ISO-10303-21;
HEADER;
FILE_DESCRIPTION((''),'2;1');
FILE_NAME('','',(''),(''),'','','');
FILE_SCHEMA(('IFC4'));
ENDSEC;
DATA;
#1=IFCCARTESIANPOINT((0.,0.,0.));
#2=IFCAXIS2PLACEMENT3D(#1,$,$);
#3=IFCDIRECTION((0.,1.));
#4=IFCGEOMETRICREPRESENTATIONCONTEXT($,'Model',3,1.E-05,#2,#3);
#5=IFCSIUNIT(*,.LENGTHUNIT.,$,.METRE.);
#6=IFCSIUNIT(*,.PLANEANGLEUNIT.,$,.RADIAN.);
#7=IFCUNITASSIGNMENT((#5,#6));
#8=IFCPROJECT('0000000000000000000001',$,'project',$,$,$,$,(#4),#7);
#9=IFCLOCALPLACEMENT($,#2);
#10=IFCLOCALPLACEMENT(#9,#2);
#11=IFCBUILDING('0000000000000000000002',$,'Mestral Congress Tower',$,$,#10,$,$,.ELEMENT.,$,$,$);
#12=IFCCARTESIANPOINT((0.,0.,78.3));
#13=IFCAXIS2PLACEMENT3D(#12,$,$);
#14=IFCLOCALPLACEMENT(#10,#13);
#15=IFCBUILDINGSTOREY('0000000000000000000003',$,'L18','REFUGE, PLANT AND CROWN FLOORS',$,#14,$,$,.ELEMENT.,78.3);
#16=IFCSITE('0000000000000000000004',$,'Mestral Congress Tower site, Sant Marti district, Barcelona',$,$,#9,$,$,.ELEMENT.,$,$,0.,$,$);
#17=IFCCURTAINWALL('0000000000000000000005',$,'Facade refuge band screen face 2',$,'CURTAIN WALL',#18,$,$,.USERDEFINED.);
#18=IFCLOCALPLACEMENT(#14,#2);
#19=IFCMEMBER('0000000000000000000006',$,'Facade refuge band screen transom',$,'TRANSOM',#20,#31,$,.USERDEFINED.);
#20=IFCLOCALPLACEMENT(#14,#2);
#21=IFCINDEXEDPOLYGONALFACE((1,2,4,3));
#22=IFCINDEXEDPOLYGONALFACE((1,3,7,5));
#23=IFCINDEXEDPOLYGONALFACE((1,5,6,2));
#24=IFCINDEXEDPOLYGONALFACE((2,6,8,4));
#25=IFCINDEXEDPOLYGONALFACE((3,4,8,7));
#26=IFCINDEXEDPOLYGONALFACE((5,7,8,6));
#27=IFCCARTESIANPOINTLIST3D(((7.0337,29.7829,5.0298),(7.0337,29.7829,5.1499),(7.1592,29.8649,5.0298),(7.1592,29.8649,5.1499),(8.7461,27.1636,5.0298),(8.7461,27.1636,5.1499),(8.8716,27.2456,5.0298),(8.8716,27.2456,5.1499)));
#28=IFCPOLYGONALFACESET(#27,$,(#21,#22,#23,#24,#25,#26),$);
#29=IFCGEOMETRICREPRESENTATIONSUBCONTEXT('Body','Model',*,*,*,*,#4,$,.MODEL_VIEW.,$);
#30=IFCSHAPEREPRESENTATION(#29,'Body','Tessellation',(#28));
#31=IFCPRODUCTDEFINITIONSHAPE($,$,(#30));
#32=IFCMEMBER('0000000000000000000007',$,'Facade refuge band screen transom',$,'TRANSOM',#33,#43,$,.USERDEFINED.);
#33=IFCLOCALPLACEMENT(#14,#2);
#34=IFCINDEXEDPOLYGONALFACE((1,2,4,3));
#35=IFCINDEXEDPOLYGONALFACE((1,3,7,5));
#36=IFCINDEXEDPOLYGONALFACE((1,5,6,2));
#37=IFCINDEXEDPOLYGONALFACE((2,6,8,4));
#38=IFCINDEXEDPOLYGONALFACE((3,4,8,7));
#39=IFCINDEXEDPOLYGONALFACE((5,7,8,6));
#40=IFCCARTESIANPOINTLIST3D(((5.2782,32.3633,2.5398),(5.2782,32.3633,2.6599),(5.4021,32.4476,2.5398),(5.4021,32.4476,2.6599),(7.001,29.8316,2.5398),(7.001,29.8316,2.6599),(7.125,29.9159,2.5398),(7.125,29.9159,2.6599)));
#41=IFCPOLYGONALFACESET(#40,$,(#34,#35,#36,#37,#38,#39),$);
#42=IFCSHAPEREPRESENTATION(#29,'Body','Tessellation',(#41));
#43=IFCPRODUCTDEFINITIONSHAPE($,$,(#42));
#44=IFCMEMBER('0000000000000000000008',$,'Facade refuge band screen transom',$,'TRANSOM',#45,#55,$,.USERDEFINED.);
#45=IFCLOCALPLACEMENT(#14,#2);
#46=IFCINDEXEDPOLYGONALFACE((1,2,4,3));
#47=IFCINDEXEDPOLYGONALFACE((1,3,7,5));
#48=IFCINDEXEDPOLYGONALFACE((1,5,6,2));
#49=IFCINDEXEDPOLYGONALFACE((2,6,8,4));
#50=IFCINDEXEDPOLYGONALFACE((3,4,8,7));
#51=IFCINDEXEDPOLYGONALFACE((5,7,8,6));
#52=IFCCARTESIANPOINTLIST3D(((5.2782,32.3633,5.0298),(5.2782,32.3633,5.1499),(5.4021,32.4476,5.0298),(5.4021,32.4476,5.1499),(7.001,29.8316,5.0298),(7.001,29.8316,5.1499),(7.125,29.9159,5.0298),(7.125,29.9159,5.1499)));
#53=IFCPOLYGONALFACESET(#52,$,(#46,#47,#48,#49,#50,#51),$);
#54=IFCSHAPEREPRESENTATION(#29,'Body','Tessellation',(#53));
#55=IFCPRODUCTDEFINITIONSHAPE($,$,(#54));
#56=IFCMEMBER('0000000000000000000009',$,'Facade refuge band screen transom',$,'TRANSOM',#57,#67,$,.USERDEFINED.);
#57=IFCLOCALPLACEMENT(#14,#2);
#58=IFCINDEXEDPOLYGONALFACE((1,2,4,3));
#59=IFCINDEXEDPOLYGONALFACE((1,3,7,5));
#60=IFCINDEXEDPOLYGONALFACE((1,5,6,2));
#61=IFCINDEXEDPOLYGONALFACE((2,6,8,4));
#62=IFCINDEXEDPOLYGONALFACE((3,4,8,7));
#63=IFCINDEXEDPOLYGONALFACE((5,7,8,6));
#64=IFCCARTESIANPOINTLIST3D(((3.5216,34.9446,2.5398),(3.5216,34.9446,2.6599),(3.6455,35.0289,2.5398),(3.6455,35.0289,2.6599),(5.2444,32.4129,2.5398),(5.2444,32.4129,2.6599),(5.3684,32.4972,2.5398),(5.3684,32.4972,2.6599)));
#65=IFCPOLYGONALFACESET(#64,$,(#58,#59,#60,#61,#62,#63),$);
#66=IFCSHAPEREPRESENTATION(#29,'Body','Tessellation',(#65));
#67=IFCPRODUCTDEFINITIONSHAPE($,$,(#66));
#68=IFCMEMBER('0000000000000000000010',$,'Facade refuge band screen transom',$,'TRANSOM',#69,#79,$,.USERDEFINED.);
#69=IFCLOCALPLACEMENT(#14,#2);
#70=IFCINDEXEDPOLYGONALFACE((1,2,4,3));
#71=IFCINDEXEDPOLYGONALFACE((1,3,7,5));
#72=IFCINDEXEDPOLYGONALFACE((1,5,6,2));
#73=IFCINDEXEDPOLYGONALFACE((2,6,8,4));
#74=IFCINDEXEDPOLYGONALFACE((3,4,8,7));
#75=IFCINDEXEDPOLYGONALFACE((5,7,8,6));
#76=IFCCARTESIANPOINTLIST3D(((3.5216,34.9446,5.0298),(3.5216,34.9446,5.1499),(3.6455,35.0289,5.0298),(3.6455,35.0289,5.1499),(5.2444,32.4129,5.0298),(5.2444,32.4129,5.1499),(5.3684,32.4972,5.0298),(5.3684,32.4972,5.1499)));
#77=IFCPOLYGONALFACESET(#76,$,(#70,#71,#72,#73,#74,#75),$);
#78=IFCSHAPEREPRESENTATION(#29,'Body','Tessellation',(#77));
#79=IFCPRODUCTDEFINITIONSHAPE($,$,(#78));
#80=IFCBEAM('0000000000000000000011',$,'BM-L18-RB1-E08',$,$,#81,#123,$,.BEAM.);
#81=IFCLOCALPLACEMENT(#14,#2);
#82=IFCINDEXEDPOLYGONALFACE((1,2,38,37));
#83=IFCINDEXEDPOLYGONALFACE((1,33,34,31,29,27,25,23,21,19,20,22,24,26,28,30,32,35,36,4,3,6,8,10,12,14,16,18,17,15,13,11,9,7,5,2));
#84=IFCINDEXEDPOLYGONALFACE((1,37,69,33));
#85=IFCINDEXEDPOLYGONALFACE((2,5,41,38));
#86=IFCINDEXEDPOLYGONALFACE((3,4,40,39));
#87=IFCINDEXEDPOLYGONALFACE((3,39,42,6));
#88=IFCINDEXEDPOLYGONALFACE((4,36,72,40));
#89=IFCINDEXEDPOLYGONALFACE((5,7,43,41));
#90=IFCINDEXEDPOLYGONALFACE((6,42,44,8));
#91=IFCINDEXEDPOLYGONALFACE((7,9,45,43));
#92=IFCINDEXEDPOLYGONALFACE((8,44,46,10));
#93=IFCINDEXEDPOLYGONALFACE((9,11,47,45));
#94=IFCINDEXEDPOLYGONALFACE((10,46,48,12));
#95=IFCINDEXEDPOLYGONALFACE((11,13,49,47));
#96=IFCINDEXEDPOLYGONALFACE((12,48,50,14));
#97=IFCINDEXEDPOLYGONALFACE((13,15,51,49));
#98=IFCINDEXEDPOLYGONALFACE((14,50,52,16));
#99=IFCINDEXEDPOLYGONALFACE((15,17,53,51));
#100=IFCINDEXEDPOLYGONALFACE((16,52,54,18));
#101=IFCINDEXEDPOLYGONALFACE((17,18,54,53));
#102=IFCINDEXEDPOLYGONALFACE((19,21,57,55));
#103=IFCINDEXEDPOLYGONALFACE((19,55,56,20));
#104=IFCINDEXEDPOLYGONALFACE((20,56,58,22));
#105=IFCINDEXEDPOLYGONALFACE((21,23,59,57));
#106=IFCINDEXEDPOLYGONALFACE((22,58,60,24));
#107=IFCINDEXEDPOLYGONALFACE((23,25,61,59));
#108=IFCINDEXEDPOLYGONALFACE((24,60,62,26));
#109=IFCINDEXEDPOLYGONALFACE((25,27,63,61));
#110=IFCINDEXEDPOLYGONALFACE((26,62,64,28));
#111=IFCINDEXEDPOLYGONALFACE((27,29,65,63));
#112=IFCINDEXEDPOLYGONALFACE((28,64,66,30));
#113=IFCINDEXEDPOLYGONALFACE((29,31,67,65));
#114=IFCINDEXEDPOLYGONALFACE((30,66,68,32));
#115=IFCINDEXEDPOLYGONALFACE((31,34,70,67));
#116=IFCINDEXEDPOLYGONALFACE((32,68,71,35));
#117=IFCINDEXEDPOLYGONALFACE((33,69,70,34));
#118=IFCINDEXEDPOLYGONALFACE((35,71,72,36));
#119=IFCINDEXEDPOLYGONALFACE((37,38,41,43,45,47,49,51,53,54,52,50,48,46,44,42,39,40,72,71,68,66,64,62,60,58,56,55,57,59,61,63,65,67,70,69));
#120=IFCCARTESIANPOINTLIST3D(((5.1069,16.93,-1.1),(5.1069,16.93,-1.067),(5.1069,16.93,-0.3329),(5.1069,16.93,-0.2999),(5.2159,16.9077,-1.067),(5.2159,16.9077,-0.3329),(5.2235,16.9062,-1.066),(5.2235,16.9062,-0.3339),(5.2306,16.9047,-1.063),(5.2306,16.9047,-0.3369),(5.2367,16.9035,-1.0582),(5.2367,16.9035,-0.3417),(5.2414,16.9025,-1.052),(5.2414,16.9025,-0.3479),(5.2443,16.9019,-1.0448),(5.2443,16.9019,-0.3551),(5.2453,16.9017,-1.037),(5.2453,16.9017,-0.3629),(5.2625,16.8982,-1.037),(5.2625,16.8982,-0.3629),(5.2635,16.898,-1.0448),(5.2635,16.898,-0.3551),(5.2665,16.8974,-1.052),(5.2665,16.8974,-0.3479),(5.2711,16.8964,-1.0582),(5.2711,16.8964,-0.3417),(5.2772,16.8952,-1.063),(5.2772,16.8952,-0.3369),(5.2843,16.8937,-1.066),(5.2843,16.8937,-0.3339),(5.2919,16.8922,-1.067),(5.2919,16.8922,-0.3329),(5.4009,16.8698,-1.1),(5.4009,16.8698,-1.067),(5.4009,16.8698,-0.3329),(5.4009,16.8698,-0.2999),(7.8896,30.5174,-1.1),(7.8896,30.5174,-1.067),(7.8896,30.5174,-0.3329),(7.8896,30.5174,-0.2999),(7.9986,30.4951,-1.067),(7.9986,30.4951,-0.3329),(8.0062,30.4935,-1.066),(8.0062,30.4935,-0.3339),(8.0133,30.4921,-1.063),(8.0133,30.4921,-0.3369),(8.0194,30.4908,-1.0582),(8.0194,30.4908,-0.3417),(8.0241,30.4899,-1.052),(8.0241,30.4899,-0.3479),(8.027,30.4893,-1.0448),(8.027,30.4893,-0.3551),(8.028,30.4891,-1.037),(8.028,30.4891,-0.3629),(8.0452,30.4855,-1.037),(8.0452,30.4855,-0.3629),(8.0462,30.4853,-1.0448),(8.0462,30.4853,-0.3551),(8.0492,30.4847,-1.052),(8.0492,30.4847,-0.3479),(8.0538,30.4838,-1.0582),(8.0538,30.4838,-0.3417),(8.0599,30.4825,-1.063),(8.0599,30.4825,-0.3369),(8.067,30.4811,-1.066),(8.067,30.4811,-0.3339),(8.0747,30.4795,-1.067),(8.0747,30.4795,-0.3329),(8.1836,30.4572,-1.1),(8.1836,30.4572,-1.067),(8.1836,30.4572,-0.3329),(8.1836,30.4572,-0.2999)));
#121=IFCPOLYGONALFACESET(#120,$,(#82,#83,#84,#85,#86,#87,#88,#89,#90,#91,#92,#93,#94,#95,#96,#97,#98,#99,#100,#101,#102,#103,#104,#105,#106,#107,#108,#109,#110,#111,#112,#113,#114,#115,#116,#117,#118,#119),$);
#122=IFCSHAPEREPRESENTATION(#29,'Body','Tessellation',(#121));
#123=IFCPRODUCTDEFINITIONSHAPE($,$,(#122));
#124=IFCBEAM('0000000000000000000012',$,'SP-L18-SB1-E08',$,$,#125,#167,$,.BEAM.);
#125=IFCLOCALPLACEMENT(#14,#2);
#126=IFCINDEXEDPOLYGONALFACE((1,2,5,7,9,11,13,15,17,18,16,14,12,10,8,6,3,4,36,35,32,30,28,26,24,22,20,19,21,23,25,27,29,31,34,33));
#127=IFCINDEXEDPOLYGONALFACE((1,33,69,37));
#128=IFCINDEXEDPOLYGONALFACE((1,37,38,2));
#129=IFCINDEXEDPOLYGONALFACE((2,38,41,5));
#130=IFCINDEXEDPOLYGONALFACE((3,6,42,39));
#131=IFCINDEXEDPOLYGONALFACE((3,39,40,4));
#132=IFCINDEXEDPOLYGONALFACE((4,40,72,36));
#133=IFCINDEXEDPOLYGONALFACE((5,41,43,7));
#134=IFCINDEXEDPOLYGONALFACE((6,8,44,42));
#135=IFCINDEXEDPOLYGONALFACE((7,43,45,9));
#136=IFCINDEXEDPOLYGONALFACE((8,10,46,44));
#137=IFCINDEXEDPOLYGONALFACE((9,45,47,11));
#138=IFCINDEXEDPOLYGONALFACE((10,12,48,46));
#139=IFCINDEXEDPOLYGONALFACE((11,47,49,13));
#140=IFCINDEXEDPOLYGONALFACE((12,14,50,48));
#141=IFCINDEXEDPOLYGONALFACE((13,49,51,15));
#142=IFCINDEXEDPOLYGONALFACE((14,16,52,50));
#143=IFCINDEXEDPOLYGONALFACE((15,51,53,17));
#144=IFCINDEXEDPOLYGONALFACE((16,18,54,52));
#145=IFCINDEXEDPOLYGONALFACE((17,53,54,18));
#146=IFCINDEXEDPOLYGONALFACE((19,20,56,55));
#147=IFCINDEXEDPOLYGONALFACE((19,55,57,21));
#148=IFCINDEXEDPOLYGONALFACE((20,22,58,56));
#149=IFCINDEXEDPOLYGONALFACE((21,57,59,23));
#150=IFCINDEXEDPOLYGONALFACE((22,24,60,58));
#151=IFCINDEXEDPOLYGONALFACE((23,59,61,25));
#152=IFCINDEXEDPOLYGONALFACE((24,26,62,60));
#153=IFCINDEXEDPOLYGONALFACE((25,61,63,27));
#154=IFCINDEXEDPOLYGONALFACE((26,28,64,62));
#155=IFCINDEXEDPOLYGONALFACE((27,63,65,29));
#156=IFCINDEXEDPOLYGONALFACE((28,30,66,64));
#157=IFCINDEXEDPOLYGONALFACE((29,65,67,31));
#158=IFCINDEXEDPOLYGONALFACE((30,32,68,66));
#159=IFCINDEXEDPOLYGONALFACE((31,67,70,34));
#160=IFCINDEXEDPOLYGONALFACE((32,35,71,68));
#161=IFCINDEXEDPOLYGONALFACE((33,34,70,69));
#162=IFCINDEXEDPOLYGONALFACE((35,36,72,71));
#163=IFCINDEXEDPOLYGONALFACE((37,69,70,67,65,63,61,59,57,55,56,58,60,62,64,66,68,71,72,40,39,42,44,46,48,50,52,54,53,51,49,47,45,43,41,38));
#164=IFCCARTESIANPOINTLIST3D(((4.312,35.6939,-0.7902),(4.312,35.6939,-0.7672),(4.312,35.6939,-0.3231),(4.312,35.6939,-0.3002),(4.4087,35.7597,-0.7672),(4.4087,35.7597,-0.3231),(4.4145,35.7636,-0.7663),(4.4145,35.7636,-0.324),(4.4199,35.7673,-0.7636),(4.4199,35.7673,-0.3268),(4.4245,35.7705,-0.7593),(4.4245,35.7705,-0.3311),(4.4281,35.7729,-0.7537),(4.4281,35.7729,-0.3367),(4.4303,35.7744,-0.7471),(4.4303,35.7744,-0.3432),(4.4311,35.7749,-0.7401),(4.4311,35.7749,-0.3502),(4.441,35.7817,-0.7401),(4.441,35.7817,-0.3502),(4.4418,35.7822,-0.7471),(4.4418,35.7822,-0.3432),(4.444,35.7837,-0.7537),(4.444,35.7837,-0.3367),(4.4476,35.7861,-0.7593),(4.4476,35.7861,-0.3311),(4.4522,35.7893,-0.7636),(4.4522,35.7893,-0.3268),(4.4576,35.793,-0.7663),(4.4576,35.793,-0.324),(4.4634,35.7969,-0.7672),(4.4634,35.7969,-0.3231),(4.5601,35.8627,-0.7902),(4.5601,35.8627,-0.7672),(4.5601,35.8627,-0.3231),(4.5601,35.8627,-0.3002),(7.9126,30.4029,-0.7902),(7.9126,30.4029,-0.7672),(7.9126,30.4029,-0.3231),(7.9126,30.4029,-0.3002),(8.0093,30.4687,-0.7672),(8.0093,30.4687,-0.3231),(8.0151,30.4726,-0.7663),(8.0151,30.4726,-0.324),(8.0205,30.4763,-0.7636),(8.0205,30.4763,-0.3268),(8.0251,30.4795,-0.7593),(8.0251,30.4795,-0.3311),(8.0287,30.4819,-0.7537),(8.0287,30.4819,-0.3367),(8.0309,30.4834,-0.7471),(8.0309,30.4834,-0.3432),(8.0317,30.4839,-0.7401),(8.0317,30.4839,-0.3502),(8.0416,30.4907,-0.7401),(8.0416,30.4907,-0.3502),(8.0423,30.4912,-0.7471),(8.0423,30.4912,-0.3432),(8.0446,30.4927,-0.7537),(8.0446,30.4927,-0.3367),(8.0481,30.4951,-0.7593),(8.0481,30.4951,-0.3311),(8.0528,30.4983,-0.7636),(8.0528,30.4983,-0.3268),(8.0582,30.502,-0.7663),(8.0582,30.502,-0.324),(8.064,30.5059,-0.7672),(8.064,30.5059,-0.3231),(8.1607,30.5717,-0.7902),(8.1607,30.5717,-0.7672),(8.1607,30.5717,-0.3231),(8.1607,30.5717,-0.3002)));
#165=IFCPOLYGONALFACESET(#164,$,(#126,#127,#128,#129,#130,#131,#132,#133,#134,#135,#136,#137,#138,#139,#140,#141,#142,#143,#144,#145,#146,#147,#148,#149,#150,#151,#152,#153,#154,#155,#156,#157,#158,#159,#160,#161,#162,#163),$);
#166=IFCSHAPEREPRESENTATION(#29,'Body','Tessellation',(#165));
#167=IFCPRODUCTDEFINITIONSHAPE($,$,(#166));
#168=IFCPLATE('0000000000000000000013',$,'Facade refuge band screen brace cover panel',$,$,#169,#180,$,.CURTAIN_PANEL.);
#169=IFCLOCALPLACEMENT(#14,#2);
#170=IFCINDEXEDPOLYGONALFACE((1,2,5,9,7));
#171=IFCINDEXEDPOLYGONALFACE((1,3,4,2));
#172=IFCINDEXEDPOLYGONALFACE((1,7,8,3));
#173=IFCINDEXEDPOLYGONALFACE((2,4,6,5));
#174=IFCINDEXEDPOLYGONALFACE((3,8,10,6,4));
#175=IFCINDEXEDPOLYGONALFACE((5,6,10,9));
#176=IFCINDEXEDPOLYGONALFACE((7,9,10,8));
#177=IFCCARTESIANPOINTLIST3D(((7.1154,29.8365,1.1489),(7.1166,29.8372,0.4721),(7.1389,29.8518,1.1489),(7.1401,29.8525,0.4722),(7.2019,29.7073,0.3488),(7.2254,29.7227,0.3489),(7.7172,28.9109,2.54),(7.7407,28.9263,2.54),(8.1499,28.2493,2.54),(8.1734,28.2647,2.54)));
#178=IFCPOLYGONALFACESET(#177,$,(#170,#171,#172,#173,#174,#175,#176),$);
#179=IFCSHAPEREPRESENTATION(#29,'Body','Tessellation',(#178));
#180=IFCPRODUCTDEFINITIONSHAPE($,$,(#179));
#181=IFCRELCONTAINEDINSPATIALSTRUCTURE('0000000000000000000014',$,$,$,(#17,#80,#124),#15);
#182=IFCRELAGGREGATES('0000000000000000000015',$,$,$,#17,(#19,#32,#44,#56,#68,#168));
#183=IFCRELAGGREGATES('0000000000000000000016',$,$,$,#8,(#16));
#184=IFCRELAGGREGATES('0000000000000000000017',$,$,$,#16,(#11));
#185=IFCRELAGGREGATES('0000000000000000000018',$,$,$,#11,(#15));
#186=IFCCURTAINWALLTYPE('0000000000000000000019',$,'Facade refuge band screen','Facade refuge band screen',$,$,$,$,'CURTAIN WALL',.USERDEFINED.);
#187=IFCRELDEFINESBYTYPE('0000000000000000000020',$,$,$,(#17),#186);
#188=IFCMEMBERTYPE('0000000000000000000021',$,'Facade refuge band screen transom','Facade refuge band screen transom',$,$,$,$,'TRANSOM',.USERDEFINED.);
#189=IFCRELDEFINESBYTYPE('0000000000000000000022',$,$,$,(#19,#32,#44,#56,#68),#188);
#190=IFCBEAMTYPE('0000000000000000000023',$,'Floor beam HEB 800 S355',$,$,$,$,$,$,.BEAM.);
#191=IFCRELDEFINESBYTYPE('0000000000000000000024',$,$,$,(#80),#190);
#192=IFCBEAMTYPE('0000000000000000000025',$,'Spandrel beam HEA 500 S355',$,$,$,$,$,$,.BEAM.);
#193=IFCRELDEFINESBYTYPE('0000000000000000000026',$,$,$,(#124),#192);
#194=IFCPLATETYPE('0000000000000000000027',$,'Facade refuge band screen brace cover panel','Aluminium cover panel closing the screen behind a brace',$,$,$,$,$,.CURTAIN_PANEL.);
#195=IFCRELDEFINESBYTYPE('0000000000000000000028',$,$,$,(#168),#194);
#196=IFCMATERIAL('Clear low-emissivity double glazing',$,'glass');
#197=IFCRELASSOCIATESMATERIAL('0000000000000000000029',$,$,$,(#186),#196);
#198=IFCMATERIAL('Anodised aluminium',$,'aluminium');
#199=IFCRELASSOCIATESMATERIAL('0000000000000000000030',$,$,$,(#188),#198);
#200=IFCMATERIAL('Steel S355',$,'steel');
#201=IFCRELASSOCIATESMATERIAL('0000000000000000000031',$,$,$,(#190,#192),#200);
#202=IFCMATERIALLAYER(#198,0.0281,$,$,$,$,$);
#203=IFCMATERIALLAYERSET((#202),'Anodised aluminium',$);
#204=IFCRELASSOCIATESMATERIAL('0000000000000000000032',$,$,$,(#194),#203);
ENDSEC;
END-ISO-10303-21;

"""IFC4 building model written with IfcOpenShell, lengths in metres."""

from ifc_helpers import new_model, si_unit, direction, frame, origin, origin_2d, place, context, subcontext, project, spatial, polyline, rectangle, i_section, outline, extrude, material, layer, layer_set, material_profile, profile_set, type_object, element, aggregate, save


model = new_model("IFC4")

# Units and contexts
model_context = context("Model", 3, precision=1e-05, world=origin(), true_north=direction((0.0, 1.0)))
body_context = subcontext(model_context, "Body", "Model", "MODEL_VIEW")
ifc_project = project(units=[si_unit("LENGTHUNIT", "METRE"), si_unit("PLANEANGLEUNIT", "RADIAN")], contexts=[model_context])

# Site, building, storey
site_placement = place(None, origin())
site = spatial("IfcSite", under=ifc_project, at=site_placement, Name="Mestral Congress Tower site, Sant Marti district, Barcelona", CompositionType="ELEMENT", RefElevation=0.0)
building_placement = place(site_placement, origin())
building = spatial("IfcBuilding", under=site, at=building_placement, Name="Mestral Congress Tower", CompositionType="ELEMENT")
storey_placement = place(building_placement, frame((0.0, 0.0, 78.3)))
storey = spatial("IfcBuildingStorey", under=building, at=storey_placement, Name="L18", Description="REFUGE, PLANT AND CROWN FLOORS", CompositionType="ELEMENT", Elevation=78.3)

# Shared definitions
ifc_material_1 = material(Name="Steel S355", Category="steel")

# Curtain wall, members
ifc_material_2 = material(Name="Clear low-emissivity double glazing", Category="glass")
curtain_wall_type = type_object("IfcCurtainWallType", Name="Facade refuge band screen", Description="Facade refuge band screen", ElementType="CURTAIN WALL", PredefinedType="USERDEFINED", material=ifc_material_2)
curtain_wall_placement = place(storey_placement, origin())
curtain_wall = element("IfcCurtainWall", 1, at=curtain_wall_placement, inside=storey, type_object=curtain_wall_type, Name="Facade refuge band screen face 2", ObjectType="CURTAIN WALL", PredefinedType="USERDEFINED")
ifc_material_3 = material(Name="Anodised aluminium", Category="aluminium")
ifc_material_profile_1 = material_profile(ifc_material_3, rectangle(XDim=0.1499, YDim=0.1201, at=origin_2d()), Name="CW3 transom 150 x 120")
ifc_profile_set_1 = profile_set([ifc_material_profile_1], Name="Anodised aluminium")
member_type_1 = type_object("IfcMemberType", Name="Facade refuge band screen transom", Description="Facade refuge band screen transom", ElementType="TRANSOM", PredefinedType="USERDEFINED", material=ifc_profile_set_1)
member_1_placement = place(storey_placement, frame((8.8088, 27.2046, 5.0898), z_axis=(-0.547188, 0.837009, 0.0), x_axis=(-0.837009, -0.547188, 0.0)))
member_1 = element("IfcMember", 2, at=member_1_placement, type_object=member_type_1, Name="Facade refuge band screen transom", ObjectType="TRANSOM", PredefinedType="USERDEFINED", context=body_context, shape_type="SweptSolid", body=[
    extrude(rectangle(XDim=0.1499, YDim=0.1201, at=origin_2d()), origin(), (0.0, 0.0, 1.0), 3.1294),
])
member_2_placement = place(storey_placement, frame((7.063, 29.8738, 2.5999), z_axis=(-0.562604, 0.826726, 0.0), x_axis=(-0.826726, -0.562604, 0.0)))
member_2 = element("IfcMember", 3, at=member_2_placement, type_object=member_type_1, Name="Facade refuge band screen transom", ObjectType="TRANSOM", PredefinedType="USERDEFINED", context=body_context, shape_type="SweptSolid", body=[
    extrude(rectangle(XDim=0.1499, YDim=0.1201, at=origin_2d()), origin(), (0.0, 0.0, 1.0), 3.0623),
])
member_3_placement = place(storey_placement, frame((7.063, 29.8738, 5.0898), z_axis=(-0.562604, 0.826726, 0.0), x_axis=(-0.826726, -0.562604, 0.0)))
member_3 = element("IfcMember", 4, at=member_3_placement, type_object=member_type_1, Name="Facade refuge band screen transom", ObjectType="TRANSOM", PredefinedType="USERDEFINED", context=body_context, shape_type="SweptSolid", body=[
    extrude(rectangle(XDim=0.1499, YDim=0.1201, at=origin_2d()), origin(), (0.0, 0.0, 1.0), 3.0623),
])
member_4_placement = place(storey_placement, frame((5.3064, 32.4551, 2.5999), z_axis=(-0.562604, 0.826726, 0.0), x_axis=(-0.826726, -0.562604, 0.0)))
member_4 = element("IfcMember", 5, at=member_4_placement, type_object=member_type_1, Name="Facade refuge band screen transom", ObjectType="TRANSOM", PredefinedType="USERDEFINED", context=body_context, shape_type="SweptSolid", body=[
    extrude(rectangle(XDim=0.1499, YDim=0.1201, at=origin_2d()), origin(), (0.0, 0.0, 1.0), 3.0623),
])
member_5_placement = place(storey_placement, frame((5.3064, 32.4551, 5.0898), z_axis=(-0.562604, 0.826726, 0.0), x_axis=(-0.826726, -0.562604, 0.0)))
member_5 = element("IfcMember", 6, at=member_5_placement, type_object=member_type_1, Name="Facade refuge band screen transom", ObjectType="TRANSOM", PredefinedType="USERDEFINED", context=body_context, shape_type="SweptSolid", body=[
    extrude(rectangle(XDim=0.1499, YDim=0.1201, at=origin_2d()), origin(), (0.0, 0.0, 1.0), 3.0623),
])

# Beams
ifc_material_profile_2 = material_profile(ifc_material_1, i_section(OverallWidth=0.3, OverallDepth=0.8, WebThickness=0.0176, FlangeThickness=0.033, FilletRadius=0.03, at=origin_2d()), Name="HEB 800")
ifc_profile_set_2 = profile_set([ifc_material_profile_2], Name="Steel S355")
beam_type_1 = type_object("IfcBeamType", Name="Floor beam HEB 800 S355", PredefinedType="BEAM", material=ifc_profile_set_2)
beam_1_placement = place(storey_placement, frame((8.0366, 30.4873, -0.7), z_axis=(-0.200637, -0.979666, 0.0), x_axis=(0.979666, -0.200637, 0.0)))
element("IfcBeam", 7, at=beam_1_placement, inside=storey, type_object=beam_type_1, Name="BM-L18-RB1-E08", PredefinedType="BEAM", context=body_context, shape_type="SweptSolid", body=[
    extrude(i_section(OverallWidth=0.3, OverallDepth=0.8, WebThickness=0.0176, FlangeThickness=0.033, FilletRadius=0.03, at=origin_2d()), origin(), (0.0, 0.0, 1.0), 13.8694),
])
ifc_material_profile_3 = material_profile(ifc_material_1, i_section(OverallWidth=0.3, OverallDepth=0.49, WebThickness=0.012, FlangeThickness=0.0229, FilletRadius=0.0271, at=origin_2d()), Name="HEA 500")
ifc_profile_set_3 = profile_set([ifc_material_profile_3], Name="Steel S355")
beam_type_2 = type_object("IfcBeamType", Name="Spandrel beam HEA 500 S355", PredefinedType="BEAM", material=ifc_profile_set_3)
beam_2_placement = place(storey_placement, frame((8.0366, 30.4873, -0.5452), z_axis=(-0.562598, 0.826731, 0.0), x_axis=(-0.826731, -0.562598, 0.0)))
element("IfcBeam", 8, at=beam_2_placement, inside=storey, type_object=beam_type_2, Name="SP-L18-SB1-E08", PredefinedType="BEAM", context=body_context, shape_type="SweptSolid", body=[
    extrude(i_section(OverallWidth=0.3, OverallDepth=0.49, WebThickness=0.012, FlangeThickness=0.0229, FilletRadius=0.0271, at=origin_2d()), origin(), (0.0, 0.0, 1.0), 6.3999),
])

# Plate
ifc_layer_1 = layer(ifc_material_3, 0.0281)
ifc_layer_set_1 = layer_set([ifc_layer_1], Name="Anodised aluminium")
plate_type_1 = type_object("IfcPlateType", Name="Facade refuge band screen brace cover panel", Description="Aluminium cover panel closing the screen behind a brace", PredefinedType="CURTAIN_PANEL", material=ifc_layer_set_1)
plate_1_placement = place(storey_placement, frame((7.1401, 29.8525, 0.4722), z_axis=(0.836953, 0.547271, 0.002054), x_axis=(0.42973, -0.654861, -0.621682)))
plate_1 = element("IfcPlate", 9, at=plate_1_placement, type_object=plate_type_1, Name="Facade refuge band screen brace cover panel", PredefinedType="CURTAIN_PANEL", context=body_context, shape_type="SweptSolid", body=[
    extrude(outline(polyline([(0.0, 0.0), (0.1983, 0.0), (0.1983, -2.7974), (-0.4209, -2.306), (-0.4208, -0.53), (0.0, 0.0)])), origin(), (0.0, 0.0, -1.0), 0.0281),
])

aggregate(curtain_wall, [member_1, member_2, member_3, member_4, member_5, plate_1])

save(model, "model.ifc")
